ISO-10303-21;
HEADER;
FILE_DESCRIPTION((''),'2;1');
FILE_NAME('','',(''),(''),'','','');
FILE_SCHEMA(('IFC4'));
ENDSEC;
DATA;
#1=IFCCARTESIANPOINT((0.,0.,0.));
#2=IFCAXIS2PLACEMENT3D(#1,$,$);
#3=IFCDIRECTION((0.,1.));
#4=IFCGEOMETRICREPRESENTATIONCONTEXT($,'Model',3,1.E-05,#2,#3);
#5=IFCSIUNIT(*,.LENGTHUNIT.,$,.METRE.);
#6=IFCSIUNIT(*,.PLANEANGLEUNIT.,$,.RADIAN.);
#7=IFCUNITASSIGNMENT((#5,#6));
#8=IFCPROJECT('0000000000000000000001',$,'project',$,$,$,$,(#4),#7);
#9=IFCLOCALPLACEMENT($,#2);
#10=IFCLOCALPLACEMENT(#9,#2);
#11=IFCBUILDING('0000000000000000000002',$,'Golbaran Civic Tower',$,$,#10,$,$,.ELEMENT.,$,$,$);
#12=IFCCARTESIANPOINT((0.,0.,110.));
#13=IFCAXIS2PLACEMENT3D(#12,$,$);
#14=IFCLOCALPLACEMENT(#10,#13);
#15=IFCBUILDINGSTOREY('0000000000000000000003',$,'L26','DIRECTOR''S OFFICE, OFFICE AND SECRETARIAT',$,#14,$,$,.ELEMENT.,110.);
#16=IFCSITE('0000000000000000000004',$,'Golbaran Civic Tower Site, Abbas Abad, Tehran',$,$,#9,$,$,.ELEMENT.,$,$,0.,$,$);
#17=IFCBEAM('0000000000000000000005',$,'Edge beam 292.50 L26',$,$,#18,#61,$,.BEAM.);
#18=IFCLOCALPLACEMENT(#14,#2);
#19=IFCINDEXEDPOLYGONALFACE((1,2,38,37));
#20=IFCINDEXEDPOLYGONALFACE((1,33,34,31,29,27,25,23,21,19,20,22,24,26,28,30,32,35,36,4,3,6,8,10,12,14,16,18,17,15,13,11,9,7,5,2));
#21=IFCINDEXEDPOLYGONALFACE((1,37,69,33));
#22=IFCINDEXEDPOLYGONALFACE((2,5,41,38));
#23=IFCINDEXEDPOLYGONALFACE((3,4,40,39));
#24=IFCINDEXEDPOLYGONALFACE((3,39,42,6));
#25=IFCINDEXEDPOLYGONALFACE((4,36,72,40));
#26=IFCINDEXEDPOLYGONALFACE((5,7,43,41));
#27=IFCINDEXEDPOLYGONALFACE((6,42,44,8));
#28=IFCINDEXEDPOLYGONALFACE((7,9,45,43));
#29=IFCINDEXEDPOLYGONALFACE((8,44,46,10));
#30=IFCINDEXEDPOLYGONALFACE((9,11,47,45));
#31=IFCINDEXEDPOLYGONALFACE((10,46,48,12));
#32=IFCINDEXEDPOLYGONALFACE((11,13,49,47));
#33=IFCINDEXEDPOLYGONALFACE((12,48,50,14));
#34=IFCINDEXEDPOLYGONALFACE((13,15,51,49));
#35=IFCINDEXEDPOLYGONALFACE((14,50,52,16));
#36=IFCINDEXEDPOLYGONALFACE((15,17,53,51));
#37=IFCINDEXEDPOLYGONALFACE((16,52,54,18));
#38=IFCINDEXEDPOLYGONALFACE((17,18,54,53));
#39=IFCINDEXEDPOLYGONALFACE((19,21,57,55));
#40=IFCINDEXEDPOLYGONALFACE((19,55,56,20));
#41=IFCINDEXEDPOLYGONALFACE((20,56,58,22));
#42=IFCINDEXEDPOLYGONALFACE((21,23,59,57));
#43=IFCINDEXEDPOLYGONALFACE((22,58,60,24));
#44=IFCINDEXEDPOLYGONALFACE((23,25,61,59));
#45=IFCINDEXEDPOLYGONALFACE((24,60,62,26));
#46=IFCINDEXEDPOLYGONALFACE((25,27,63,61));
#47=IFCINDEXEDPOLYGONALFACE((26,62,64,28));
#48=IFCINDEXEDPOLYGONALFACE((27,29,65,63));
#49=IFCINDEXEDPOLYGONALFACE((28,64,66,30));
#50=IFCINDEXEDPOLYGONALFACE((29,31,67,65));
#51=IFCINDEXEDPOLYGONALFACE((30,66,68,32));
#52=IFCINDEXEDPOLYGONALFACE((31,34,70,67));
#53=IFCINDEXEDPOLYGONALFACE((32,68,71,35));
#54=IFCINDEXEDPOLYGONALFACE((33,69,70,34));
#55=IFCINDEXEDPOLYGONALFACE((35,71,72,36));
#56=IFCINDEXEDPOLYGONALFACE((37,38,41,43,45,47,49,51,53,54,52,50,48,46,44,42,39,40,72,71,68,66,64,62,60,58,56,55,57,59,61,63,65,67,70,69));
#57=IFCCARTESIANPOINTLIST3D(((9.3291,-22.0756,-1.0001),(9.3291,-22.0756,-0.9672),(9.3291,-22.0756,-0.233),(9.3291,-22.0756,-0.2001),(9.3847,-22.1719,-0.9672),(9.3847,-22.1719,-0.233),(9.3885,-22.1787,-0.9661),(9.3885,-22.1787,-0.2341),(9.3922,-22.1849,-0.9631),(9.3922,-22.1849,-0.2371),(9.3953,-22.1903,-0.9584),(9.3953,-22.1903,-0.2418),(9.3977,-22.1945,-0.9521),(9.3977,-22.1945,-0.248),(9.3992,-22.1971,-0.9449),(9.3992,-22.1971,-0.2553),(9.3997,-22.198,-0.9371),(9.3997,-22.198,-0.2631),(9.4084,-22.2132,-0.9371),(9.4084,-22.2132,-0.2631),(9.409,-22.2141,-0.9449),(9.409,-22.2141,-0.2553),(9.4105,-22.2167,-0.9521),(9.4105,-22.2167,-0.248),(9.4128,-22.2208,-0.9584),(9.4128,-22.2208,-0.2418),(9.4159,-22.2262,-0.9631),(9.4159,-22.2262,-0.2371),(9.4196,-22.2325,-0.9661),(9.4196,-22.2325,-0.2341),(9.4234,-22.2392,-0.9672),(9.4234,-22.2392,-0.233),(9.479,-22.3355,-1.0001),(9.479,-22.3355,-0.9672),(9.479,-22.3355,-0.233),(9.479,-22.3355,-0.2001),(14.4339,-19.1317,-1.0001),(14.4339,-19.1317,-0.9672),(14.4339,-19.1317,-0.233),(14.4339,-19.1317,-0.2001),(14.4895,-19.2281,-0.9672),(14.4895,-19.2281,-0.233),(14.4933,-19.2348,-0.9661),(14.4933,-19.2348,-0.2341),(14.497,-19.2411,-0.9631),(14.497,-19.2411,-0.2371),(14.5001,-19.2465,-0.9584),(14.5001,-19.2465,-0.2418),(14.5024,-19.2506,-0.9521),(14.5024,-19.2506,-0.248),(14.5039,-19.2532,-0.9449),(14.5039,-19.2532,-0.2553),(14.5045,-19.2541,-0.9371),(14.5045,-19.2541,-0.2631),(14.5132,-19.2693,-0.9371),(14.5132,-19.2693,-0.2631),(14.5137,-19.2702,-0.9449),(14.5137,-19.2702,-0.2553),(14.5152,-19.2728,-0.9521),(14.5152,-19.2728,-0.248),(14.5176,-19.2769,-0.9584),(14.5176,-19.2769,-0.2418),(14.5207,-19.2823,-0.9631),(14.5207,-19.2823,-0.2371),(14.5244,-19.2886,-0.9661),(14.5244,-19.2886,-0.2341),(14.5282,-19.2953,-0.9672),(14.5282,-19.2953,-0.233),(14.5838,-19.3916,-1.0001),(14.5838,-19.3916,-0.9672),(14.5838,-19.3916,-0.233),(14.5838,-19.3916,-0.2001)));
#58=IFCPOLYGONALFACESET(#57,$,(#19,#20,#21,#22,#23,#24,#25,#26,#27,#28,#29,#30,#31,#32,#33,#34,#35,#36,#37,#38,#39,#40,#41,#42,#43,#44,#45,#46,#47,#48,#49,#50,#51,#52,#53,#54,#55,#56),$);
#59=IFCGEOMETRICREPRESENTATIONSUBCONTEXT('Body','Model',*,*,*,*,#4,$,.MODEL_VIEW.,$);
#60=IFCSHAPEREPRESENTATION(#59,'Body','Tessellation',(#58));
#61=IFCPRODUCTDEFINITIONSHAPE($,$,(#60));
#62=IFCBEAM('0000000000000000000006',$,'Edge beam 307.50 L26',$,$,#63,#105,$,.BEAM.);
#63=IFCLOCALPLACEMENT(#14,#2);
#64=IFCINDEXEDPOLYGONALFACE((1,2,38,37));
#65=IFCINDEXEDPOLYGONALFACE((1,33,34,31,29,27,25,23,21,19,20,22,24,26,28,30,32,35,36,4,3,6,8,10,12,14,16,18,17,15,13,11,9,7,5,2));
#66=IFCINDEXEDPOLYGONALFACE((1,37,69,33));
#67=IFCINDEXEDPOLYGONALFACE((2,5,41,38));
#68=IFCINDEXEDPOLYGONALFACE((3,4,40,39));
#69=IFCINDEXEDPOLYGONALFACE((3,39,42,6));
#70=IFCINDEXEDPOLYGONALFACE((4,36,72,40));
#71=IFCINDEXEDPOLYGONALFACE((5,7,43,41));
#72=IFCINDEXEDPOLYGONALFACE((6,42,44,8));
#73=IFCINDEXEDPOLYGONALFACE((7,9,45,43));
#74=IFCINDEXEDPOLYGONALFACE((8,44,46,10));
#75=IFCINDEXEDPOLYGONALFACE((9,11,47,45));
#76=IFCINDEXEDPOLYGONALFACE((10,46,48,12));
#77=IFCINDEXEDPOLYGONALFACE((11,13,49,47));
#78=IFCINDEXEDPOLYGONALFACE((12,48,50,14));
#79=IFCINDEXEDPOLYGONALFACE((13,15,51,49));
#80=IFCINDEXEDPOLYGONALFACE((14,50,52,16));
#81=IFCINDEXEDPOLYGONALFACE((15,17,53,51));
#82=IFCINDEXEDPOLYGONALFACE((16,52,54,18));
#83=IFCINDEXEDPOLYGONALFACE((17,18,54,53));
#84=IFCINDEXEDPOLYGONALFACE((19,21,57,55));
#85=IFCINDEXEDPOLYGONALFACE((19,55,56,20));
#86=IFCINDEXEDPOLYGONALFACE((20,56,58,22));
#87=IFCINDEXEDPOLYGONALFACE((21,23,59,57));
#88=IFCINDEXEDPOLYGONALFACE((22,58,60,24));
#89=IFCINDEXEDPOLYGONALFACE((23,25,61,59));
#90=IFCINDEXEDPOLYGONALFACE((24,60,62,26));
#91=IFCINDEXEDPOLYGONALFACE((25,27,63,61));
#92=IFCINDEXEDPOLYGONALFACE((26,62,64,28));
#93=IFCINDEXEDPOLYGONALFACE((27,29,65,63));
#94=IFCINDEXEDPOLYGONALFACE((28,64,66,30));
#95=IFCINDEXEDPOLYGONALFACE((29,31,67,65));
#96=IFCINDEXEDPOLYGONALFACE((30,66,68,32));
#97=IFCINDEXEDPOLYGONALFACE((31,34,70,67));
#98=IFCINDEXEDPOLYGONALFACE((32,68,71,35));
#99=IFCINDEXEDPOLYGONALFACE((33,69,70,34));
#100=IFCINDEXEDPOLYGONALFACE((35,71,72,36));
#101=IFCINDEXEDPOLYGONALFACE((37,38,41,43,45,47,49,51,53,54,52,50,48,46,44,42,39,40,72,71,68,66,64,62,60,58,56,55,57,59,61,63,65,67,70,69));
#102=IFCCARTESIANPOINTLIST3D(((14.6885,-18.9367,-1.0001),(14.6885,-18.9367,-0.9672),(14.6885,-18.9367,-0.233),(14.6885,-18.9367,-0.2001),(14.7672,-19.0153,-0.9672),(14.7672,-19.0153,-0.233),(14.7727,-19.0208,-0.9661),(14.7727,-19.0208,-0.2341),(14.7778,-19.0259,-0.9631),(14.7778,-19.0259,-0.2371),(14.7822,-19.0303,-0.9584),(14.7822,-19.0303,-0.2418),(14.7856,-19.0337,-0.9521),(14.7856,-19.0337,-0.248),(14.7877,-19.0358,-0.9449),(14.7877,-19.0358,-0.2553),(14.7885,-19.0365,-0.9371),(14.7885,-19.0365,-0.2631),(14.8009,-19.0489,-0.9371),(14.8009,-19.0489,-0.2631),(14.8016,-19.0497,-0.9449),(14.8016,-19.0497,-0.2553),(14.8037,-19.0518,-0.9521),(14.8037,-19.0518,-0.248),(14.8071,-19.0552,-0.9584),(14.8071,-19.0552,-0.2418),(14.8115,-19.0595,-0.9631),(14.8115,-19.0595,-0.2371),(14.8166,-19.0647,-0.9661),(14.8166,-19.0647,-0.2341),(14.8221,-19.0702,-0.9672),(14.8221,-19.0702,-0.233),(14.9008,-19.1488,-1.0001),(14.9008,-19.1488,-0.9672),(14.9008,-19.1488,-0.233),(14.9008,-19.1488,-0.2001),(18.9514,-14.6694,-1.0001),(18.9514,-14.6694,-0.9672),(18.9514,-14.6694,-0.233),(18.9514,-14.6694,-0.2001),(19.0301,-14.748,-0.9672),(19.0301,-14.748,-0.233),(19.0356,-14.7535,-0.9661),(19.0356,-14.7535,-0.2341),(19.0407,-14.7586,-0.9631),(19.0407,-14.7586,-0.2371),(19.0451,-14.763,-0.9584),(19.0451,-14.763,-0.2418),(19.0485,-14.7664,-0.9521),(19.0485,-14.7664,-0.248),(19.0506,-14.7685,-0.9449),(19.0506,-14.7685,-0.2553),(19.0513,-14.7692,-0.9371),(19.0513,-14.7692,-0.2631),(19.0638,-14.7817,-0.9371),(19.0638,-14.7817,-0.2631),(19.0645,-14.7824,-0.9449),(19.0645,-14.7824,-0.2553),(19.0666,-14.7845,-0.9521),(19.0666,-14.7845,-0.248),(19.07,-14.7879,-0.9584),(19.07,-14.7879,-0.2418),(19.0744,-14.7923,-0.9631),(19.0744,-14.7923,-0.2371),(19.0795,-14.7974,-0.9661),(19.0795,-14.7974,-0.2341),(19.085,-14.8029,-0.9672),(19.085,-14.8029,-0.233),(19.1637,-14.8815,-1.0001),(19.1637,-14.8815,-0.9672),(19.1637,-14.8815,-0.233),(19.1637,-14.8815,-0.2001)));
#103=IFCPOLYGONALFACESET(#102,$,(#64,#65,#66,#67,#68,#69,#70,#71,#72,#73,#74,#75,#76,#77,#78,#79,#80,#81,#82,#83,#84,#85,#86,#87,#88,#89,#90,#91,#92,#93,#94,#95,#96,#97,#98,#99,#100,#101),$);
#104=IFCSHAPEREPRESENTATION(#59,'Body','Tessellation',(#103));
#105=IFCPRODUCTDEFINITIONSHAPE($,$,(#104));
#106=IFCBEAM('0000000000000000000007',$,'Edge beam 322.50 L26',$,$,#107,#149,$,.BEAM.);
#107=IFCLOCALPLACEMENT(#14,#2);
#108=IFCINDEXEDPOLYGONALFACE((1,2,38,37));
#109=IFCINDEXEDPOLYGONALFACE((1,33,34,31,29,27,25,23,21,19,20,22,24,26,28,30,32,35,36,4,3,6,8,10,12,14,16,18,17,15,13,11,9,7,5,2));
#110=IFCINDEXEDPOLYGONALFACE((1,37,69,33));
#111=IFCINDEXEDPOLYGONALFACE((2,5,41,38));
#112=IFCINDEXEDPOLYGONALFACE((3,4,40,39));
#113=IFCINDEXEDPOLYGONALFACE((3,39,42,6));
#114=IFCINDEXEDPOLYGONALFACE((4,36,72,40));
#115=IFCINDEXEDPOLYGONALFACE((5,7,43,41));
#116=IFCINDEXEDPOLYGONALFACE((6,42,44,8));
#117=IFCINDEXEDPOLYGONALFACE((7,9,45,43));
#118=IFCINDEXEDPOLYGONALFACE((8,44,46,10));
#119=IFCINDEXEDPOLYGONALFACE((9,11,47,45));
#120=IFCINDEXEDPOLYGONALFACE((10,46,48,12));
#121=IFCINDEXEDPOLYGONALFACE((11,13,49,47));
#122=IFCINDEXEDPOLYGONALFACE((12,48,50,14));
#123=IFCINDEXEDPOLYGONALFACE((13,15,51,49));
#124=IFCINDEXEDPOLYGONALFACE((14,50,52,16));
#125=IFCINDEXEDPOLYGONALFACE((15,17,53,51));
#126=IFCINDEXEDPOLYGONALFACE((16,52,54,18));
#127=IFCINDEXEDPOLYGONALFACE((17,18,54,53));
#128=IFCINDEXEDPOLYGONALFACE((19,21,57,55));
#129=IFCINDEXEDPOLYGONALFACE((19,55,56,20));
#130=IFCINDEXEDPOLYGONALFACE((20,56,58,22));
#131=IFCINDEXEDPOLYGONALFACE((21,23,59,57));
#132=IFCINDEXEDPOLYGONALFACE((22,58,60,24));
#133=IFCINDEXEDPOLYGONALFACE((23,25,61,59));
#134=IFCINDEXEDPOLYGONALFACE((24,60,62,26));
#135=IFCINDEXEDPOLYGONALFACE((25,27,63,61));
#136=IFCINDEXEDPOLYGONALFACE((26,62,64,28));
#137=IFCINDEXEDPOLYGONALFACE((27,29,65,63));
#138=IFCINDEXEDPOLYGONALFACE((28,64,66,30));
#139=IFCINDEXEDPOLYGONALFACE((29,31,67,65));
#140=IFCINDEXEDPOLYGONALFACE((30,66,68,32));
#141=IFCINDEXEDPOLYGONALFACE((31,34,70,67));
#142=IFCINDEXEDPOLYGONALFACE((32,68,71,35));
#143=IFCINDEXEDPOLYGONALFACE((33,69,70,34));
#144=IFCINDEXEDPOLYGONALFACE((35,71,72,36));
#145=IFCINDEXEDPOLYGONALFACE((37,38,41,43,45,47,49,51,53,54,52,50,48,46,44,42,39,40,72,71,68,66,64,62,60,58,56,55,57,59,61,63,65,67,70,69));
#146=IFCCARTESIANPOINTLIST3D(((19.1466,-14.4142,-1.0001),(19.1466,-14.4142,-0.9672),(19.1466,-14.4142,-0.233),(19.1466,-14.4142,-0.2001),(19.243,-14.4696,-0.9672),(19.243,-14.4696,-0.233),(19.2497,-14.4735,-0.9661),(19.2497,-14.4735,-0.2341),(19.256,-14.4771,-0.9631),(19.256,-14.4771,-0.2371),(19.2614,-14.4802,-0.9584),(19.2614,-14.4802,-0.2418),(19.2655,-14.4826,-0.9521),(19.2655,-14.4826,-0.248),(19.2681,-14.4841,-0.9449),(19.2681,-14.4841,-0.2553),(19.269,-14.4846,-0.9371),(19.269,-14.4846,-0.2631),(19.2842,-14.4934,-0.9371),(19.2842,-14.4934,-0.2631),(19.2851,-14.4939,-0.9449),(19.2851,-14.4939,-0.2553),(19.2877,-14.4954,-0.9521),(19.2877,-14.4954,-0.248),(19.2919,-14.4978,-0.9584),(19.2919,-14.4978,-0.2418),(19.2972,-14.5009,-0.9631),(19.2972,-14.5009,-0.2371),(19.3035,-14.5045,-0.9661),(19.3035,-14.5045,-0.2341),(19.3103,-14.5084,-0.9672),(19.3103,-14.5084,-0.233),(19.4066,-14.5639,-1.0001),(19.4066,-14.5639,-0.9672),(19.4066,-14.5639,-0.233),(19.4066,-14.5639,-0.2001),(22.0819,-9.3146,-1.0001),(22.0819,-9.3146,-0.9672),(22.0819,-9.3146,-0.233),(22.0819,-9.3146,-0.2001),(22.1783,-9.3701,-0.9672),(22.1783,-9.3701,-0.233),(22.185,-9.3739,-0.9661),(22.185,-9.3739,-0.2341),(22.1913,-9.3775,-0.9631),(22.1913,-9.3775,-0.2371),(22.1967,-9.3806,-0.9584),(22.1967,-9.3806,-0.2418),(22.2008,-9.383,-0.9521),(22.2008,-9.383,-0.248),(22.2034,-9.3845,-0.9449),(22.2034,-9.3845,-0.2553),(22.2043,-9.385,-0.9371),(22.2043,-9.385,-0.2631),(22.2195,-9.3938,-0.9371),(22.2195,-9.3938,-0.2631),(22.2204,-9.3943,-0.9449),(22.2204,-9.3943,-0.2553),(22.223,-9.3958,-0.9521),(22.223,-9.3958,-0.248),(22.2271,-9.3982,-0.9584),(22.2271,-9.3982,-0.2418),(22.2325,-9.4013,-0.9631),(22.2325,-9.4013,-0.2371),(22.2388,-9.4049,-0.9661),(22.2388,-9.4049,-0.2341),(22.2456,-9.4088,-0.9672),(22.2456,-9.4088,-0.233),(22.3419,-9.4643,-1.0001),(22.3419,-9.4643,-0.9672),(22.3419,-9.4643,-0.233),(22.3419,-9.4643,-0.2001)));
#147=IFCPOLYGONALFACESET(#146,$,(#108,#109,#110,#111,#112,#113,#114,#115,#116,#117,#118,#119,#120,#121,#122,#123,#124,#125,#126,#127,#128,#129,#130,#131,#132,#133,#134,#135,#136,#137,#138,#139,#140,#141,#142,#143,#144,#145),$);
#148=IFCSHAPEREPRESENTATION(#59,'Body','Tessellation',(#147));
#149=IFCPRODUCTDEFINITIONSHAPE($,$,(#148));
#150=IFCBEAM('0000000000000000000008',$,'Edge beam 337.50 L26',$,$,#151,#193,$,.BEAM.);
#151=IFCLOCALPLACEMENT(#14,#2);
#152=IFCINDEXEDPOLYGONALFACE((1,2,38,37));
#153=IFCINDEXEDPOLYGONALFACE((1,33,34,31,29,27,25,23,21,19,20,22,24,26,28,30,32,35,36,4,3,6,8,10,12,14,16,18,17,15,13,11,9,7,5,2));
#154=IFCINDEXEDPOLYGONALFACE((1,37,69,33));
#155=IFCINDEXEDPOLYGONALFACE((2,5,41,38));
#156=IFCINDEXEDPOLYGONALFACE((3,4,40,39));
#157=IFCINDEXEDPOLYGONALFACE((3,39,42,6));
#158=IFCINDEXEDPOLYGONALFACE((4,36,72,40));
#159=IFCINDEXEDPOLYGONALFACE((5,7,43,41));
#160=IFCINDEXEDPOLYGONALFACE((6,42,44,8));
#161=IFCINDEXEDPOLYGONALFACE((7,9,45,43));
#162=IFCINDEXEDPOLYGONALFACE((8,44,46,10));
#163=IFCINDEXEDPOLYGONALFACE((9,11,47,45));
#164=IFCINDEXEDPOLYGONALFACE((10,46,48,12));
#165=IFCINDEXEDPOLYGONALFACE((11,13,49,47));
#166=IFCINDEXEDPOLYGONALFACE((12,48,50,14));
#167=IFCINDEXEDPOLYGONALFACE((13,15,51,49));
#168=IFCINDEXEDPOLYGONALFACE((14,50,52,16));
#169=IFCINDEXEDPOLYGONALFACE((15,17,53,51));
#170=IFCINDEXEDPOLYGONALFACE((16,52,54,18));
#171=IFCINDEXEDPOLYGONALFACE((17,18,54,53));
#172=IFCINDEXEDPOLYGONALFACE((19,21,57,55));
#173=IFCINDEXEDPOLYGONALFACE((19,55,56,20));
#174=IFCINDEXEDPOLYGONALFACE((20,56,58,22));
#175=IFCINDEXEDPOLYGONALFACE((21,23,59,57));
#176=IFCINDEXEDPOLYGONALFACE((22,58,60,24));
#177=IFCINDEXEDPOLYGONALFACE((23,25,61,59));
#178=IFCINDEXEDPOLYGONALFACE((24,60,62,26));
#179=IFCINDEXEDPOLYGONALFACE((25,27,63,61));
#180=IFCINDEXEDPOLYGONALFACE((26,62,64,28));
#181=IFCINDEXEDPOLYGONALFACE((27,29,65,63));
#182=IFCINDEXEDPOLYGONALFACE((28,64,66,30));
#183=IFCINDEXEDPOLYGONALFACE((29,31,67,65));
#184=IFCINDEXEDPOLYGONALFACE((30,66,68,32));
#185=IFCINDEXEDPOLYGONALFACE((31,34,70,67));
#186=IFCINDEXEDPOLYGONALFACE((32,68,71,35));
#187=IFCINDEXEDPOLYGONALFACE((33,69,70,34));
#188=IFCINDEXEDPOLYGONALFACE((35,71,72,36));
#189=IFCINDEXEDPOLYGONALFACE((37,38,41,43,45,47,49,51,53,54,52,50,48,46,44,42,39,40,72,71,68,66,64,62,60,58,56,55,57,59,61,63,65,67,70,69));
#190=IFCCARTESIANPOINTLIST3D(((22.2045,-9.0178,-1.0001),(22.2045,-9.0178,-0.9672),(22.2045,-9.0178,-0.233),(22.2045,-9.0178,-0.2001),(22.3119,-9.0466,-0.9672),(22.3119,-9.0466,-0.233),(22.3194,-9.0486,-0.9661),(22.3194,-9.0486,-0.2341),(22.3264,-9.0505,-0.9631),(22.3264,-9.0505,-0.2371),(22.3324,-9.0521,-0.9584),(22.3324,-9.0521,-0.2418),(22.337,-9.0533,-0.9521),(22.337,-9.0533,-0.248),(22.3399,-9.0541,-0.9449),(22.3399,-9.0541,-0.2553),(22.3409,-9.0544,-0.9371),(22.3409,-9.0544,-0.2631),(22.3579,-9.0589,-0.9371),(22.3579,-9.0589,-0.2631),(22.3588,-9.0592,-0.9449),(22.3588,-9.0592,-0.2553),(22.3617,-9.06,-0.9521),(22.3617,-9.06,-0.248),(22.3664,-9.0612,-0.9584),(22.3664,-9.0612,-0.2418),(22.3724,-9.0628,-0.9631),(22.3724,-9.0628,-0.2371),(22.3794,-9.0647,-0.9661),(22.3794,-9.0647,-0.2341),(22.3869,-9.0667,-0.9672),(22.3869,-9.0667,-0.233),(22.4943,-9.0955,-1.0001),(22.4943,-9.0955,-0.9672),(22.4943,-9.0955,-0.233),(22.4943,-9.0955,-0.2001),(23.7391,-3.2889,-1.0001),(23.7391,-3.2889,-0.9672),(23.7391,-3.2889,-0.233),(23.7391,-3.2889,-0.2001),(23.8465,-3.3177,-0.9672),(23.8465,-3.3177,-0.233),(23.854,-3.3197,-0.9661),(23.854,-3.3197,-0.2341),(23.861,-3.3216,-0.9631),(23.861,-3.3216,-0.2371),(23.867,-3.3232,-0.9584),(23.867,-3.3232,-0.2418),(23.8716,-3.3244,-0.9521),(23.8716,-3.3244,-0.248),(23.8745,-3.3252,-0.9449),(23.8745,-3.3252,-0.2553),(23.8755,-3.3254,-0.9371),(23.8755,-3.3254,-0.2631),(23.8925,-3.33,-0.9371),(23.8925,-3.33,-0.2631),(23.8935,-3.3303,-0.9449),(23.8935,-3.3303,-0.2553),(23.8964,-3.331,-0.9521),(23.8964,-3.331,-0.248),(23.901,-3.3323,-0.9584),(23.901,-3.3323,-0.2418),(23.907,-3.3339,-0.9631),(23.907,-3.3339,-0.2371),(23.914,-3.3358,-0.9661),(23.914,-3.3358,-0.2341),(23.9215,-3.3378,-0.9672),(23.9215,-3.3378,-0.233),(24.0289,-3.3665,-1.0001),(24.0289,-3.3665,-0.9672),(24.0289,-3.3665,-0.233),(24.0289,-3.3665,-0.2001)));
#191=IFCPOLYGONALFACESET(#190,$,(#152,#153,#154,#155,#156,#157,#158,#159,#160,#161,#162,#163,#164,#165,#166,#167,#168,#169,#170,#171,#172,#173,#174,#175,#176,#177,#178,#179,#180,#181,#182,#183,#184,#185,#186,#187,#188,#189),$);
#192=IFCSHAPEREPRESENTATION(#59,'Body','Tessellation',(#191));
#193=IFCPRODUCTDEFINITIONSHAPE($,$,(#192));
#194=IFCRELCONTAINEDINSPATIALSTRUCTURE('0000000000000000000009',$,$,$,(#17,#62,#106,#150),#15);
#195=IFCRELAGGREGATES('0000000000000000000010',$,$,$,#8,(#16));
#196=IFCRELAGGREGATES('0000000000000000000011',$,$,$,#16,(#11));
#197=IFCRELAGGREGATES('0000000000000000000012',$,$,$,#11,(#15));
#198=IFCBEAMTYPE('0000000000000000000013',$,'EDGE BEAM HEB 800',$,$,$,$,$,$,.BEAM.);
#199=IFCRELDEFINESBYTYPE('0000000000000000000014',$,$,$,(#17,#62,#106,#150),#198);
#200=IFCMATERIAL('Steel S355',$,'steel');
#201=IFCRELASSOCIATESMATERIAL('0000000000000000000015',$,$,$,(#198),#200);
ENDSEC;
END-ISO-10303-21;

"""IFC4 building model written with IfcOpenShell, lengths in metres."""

from ifc_helpers import new_model, si_unit, direction, frame, origin, origin_2d, place, context, subcontext, project, spatial, i_section, extrude, material, material_profile, profile_set, type_object, element, save


model = new_model("IFC4")

# Units and contexts
model_context = context("Model", 3, precision=1e-05, world=origin(), true_north=direction((0.0, 1.0)))
body_context = subcontext(model_context, "Body", "Model", "MODEL_VIEW")
ifc_project = project(units=[si_unit("LENGTHUNIT", "METRE"), si_unit("PLANEANGLEUNIT", "RADIAN")], contexts=[model_context])

# Site, building, storey
site_placement = place(None, origin())
site = spatial("IfcSite", under=ifc_project, at=site_placement, Name="Golbaran Civic Tower Site, Abbas Abad, Tehran", CompositionType="ELEMENT", RefElevation=0.0)
building_placement = place(site_placement, origin())
building = spatial("IfcBuilding", under=site, at=building_placement, Name="Golbaran Civic Tower", CompositionType="ELEMENT")
storey_placement = place(building_placement, frame((0.0, 0.0, 110.0)))
storey = spatial("IfcBuildingStorey", under=building, at=storey_placement, Name="L26", Description="DIRECTOR'S OFFICE, OFFICE AND SECRETARIAT", CompositionType="ELEMENT", Elevation=110.0)

# Beams
ifc_material_1 = material(Name="Steel S355", Category="steel")
ifc_material_profile_1 = material_profile(ifc_material_1, i_section(OverallWidth=0.3, OverallDepth=0.8, WebThickness=0.0176, FlangeThickness=0.033, FilletRadius=0.03, at=origin_2d()), Name="HEB 800")
ifc_profile_set_1 = profile_set([ifc_material_profile_1], Name="Steel S355")
beam_type_1 = type_object("IfcBeamType", Name="EDGE BEAM HEB 800", PredefinedType="BEAM", material=ifc_profile_set_1)
beam_1_placement = place(storey_placement, frame((9.4041, -22.2056, -0.6001), z_axis=(0.866273, 0.499571, 0.0), x_axis=(-0.499571, 0.866273, 0.0)))
element("IfcBeam", 1, at=beam_1_placement, inside=storey, type_object=beam_type_1, Name="Edge beam 292.50 L26", PredefinedType="BEAM", context=body_context, shape_type="SweptSolid", body=[
    extrude(i_section(OverallWidth=0.3, OverallDepth=0.8, WebThickness=0.0176, FlangeThickness=0.033, FilletRadius=0.03, at=origin_2d()), origin(), (0.0, 0.0, 1.0), 5.8928),
])
beam_2_placement = place(storey_placement, frame((14.7947, -19.0427, -0.6001), z_axis=(0.706742, 0.707471, 0.0), x_axis=(-0.707471, 0.706742, 0.0)))
element("IfcBeam", 2, at=beam_2_placement, inside=storey, type_object=beam_type_1, Name="Edge beam 307.50 L26", PredefinedType="BEAM", context=body_context, shape_type="SweptSolid", body=[
    extrude(i_section(OverallWidth=0.3, OverallDepth=0.8, WebThickness=0.0176, FlangeThickness=0.033, FilletRadius=0.03, at=origin_2d()), origin(), (0.0, 0.0, 1.0), 6.0317),
])
beam_3_placement = place(storey_placement, frame((19.2766, -14.489, -0.6001), z_axis=(0.498858, 0.866684, 0.0), x_axis=(-0.866684, 0.498858, 0.0)))
element("IfcBeam", 3, at=beam_3_placement, inside=storey, type_object=beam_type_1, Name="Edge beam 322.50 L26", PredefinedType="BEAM", context=body_context, shape_type="SweptSolid", body=[
    extrude(i_section(OverallWidth=0.3, OverallDepth=0.8, WebThickness=0.0176, FlangeThickness=0.033, FilletRadius=0.03, at=origin_2d()), origin(), (0.0, 0.0, 1.0), 5.884),
])
beam_4_placement = place(storey_placement, frame((22.3494, -9.0566, -0.6001), z_axis=(0.258754, 0.965943, 0.0), x_axis=(-0.965943, 0.258754, 0.0)))
element("IfcBeam", 4, at=beam_4_placement, inside=storey, type_object=beam_type_1, Name="Edge beam 337.50 L26", PredefinedType="BEAM", context=body_context, shape_type="SweptSolid", body=[
    extrude(i_section(OverallWidth=0.3, OverallDepth=0.8, WebThickness=0.0176, FlangeThickness=0.033, FilletRadius=0.03, at=origin_2d()), origin(), (0.0, 0.0, 1.0), 5.9309),
])

save(model, "model.ifc")
